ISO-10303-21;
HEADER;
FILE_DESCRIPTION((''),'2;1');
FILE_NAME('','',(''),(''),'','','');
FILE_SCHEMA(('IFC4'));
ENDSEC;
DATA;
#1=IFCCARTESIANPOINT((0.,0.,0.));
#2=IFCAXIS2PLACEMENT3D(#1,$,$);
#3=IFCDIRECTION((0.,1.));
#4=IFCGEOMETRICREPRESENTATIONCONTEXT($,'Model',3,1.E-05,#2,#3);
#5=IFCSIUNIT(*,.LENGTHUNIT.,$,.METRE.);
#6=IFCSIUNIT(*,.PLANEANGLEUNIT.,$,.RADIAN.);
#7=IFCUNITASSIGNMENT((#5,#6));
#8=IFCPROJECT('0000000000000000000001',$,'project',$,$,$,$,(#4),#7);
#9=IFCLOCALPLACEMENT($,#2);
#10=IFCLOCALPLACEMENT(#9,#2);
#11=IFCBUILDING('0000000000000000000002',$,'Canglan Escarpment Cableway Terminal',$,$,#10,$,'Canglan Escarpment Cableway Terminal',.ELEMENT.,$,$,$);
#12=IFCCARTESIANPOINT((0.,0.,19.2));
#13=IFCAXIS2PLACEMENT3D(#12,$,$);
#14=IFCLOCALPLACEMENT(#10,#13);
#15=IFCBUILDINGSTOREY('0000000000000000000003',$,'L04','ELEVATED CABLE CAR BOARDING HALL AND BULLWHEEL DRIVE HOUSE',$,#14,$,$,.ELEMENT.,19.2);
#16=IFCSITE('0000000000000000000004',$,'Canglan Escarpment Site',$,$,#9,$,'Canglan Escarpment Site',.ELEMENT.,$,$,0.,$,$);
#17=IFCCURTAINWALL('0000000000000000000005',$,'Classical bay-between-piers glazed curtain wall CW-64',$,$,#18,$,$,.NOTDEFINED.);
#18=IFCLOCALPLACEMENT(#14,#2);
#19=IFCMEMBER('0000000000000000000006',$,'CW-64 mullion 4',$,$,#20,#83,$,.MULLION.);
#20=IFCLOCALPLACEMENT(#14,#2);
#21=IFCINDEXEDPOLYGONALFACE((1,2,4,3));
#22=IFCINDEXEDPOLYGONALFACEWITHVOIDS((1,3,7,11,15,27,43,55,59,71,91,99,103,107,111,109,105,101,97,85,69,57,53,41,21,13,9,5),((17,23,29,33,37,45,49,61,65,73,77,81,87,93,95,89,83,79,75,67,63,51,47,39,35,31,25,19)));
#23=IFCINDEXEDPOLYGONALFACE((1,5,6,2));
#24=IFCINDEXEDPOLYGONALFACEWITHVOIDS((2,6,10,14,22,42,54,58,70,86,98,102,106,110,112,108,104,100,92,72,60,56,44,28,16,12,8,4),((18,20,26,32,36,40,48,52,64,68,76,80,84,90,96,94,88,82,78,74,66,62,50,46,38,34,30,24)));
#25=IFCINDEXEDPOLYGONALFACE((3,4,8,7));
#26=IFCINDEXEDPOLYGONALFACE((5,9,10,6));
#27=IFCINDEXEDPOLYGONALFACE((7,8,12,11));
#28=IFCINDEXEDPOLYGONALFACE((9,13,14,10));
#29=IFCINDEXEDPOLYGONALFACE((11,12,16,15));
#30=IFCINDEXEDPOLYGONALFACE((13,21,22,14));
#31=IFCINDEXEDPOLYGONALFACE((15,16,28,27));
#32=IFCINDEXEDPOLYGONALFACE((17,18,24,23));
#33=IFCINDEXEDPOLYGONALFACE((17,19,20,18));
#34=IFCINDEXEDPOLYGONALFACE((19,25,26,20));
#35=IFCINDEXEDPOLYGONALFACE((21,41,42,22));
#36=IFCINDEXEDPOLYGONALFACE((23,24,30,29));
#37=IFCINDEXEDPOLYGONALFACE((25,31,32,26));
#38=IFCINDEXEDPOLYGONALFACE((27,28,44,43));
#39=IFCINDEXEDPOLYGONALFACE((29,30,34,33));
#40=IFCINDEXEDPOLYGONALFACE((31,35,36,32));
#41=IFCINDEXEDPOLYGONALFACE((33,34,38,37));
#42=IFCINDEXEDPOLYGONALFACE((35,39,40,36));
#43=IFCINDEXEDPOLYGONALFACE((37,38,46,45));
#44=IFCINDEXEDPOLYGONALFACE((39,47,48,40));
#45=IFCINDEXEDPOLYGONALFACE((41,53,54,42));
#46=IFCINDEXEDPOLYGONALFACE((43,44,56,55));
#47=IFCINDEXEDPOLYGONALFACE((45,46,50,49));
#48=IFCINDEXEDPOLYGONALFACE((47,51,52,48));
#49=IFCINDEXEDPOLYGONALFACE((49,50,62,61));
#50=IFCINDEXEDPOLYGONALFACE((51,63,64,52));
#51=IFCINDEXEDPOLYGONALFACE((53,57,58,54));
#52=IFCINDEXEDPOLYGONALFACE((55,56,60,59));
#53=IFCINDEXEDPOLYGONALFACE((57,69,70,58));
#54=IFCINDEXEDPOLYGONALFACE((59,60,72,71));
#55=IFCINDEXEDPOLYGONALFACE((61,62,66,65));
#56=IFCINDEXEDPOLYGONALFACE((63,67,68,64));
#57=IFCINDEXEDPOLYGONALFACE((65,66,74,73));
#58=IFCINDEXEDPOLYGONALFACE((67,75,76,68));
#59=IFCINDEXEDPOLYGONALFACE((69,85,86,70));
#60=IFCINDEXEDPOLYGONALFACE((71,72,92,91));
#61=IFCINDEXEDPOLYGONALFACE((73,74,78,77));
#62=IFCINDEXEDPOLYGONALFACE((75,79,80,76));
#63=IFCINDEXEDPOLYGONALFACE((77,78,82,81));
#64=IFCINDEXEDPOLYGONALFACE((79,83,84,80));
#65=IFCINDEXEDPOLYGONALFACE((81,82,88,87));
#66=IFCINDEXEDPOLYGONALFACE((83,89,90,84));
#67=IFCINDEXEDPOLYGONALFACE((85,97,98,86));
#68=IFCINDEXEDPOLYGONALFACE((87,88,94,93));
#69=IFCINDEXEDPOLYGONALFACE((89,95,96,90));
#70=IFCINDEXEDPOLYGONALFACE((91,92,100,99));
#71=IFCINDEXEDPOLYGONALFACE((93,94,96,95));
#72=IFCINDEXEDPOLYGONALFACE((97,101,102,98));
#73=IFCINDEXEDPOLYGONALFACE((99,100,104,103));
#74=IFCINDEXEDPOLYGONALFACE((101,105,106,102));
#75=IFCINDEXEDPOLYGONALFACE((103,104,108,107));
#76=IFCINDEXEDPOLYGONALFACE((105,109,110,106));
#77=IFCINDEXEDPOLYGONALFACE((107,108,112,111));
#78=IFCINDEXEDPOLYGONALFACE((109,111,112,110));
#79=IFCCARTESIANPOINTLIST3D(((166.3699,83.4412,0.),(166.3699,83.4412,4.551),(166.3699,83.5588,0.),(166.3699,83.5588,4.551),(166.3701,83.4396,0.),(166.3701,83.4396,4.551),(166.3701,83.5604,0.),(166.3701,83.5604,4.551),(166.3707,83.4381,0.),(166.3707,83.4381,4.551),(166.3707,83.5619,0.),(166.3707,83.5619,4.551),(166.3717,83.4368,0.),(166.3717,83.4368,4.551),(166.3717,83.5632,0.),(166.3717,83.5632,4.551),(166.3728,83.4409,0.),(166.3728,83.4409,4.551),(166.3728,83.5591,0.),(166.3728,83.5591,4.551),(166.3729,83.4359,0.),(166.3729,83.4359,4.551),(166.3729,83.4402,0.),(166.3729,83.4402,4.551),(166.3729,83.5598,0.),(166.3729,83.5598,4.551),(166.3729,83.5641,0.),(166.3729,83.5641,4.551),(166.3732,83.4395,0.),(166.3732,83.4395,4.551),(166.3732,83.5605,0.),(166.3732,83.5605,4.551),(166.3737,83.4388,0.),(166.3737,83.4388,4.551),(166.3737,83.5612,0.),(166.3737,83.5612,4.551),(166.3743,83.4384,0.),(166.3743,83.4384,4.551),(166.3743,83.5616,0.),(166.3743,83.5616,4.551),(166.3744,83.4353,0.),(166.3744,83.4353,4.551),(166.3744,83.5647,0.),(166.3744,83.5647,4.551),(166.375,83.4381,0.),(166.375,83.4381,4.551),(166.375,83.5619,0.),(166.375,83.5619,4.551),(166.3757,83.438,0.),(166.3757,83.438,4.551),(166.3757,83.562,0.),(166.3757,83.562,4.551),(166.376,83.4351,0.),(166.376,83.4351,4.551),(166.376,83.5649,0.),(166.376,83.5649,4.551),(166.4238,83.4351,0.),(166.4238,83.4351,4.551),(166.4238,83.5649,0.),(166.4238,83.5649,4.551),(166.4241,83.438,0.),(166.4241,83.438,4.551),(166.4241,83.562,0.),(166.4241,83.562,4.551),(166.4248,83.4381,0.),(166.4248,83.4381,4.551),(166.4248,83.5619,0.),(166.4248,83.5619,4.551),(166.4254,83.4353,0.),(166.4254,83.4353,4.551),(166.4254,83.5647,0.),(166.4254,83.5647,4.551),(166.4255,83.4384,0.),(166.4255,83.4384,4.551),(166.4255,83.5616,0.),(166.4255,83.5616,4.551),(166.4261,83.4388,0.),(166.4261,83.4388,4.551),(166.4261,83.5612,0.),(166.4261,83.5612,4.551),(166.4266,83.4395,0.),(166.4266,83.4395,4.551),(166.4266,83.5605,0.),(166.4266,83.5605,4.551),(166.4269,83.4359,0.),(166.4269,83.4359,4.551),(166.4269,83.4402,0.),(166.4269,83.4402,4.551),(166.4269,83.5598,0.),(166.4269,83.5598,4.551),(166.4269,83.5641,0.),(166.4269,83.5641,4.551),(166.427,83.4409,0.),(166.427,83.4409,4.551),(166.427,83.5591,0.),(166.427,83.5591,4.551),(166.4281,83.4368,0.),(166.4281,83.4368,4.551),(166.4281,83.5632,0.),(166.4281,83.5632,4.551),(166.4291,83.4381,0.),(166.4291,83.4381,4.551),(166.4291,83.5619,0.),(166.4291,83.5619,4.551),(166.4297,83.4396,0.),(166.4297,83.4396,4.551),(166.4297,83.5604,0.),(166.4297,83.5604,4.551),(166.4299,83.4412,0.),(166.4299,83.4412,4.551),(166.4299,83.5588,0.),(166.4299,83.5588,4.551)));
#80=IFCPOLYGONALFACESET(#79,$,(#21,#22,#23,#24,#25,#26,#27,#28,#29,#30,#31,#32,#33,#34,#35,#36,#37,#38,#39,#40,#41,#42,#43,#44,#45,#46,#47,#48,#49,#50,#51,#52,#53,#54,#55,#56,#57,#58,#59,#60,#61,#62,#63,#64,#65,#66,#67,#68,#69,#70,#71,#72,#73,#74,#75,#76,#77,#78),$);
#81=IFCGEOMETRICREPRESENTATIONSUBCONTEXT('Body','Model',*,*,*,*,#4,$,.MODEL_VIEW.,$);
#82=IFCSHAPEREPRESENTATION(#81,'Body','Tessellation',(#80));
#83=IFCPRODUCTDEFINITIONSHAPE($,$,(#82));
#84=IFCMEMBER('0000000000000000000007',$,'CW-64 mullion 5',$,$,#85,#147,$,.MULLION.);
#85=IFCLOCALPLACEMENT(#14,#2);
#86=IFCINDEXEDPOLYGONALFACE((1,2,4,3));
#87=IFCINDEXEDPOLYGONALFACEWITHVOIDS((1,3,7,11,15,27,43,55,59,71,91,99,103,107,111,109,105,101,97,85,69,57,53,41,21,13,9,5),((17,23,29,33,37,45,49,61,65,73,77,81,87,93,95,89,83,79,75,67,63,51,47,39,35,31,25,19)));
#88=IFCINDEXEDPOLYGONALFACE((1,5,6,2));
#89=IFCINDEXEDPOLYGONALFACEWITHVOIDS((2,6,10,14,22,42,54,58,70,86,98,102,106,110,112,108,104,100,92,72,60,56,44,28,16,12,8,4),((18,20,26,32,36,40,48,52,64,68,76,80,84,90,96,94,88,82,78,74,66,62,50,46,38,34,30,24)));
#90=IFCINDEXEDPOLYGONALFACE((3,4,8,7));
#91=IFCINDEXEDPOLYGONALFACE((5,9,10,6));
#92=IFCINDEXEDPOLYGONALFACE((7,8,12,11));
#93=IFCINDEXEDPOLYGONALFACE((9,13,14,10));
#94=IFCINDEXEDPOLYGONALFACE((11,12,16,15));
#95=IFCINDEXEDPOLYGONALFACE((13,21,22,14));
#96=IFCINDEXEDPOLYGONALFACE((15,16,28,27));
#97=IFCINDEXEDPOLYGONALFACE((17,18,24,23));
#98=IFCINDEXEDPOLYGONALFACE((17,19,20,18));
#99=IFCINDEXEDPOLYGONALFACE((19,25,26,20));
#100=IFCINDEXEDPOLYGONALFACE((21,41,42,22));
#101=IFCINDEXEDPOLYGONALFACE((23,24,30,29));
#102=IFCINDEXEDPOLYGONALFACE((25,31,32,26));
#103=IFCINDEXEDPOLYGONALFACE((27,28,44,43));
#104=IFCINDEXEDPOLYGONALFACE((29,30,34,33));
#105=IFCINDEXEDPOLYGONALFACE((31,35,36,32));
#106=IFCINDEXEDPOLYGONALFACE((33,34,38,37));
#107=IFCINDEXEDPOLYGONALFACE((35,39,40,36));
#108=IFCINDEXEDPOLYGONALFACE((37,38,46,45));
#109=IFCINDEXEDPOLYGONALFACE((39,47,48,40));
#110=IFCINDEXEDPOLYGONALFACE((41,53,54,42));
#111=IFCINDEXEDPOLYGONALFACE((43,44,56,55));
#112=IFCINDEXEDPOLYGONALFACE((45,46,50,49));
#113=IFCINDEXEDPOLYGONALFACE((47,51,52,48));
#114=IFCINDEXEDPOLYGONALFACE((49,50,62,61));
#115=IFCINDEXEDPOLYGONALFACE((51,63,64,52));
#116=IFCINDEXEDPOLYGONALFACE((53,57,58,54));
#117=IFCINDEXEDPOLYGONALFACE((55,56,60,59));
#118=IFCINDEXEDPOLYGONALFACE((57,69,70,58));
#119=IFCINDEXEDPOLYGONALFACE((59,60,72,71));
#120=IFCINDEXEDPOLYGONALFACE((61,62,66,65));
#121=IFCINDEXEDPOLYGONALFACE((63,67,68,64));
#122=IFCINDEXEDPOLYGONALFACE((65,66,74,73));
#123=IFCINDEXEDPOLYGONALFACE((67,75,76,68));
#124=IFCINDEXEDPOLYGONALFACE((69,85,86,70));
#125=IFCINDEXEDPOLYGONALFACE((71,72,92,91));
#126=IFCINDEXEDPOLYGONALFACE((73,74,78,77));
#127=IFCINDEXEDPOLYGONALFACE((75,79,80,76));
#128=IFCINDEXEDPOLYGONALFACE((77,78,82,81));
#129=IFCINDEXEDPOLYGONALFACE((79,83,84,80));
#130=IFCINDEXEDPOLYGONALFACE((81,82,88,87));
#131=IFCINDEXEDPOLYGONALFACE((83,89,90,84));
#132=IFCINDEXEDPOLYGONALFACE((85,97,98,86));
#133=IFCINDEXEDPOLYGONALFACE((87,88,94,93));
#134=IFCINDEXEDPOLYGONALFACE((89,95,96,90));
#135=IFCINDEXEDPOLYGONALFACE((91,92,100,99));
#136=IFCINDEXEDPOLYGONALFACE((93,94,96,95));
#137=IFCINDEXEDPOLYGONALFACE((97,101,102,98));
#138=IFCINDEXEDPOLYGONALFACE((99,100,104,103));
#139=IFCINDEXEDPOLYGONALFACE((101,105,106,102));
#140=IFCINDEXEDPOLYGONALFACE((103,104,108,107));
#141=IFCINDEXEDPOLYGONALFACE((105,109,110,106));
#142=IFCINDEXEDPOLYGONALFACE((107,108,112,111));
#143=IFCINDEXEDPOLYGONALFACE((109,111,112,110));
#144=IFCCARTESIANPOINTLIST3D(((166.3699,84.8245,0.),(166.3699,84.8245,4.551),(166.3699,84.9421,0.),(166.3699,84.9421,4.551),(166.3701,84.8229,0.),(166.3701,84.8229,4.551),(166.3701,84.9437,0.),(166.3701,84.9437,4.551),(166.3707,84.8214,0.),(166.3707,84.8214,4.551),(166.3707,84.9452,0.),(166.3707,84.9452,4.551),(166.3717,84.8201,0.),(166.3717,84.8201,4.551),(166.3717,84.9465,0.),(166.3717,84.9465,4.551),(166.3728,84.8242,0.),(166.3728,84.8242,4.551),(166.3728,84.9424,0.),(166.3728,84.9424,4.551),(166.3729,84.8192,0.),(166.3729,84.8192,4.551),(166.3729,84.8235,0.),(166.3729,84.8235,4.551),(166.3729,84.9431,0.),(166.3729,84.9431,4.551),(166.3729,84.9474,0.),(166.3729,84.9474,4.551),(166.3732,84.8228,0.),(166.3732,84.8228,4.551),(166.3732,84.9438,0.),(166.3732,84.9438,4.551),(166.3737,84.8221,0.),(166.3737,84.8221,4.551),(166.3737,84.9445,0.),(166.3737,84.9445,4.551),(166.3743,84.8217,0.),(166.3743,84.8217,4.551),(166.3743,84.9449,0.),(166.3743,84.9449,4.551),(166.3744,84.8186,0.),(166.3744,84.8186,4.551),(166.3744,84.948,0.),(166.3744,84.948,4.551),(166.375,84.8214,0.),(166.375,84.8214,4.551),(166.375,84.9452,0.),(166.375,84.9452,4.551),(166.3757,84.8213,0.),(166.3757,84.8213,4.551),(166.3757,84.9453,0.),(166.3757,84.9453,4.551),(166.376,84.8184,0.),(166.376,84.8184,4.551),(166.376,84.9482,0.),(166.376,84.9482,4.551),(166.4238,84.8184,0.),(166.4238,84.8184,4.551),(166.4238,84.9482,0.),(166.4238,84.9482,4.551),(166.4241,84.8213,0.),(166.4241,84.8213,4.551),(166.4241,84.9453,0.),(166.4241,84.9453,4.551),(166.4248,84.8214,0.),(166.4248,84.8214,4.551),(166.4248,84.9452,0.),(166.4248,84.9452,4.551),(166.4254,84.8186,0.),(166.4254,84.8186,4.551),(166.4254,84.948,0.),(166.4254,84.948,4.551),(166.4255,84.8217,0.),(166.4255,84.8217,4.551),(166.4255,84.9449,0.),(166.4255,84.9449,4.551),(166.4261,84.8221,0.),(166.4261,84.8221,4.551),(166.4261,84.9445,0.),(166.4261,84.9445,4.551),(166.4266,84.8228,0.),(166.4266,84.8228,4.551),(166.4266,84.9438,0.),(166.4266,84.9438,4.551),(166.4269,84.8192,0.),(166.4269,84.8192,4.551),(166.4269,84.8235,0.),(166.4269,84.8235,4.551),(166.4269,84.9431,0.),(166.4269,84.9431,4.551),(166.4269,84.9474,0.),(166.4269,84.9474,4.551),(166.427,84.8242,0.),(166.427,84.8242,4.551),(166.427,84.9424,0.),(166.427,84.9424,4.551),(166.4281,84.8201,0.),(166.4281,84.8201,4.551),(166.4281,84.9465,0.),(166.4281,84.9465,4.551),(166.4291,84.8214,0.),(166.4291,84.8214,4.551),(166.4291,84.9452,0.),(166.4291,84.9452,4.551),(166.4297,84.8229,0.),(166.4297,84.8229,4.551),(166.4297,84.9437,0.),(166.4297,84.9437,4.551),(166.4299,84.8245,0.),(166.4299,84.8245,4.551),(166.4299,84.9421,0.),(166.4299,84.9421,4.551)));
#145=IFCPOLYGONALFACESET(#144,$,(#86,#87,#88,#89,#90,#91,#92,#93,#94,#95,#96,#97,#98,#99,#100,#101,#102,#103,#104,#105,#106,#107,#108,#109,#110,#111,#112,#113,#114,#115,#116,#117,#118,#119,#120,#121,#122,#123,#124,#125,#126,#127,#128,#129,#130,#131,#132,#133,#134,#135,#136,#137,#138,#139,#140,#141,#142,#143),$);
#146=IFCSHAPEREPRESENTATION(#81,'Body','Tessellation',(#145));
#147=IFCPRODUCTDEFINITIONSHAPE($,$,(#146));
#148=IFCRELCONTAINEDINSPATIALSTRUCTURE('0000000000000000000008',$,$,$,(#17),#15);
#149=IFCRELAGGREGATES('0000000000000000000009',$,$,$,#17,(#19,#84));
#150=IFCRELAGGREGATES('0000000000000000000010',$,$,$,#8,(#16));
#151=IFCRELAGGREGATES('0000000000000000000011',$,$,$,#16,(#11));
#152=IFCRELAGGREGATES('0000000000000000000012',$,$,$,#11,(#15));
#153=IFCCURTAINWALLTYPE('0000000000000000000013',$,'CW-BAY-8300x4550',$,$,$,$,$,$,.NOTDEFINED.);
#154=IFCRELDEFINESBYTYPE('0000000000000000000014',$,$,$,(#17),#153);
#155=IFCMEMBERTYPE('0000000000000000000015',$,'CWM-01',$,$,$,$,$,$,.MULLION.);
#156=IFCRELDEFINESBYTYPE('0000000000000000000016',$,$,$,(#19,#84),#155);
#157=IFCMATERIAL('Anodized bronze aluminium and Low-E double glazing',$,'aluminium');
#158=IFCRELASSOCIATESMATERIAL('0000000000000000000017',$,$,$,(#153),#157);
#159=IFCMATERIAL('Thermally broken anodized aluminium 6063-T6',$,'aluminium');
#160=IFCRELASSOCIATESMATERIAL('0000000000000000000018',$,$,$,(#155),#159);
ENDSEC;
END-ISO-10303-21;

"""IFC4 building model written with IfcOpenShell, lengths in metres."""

from ifc_helpers import new_model, si_unit, direction, frame, origin, origin_2d, place, context, subcontext, project, spatial, hollow_rectangle, extrude, material, material_profile, profile_set, type_object, element, aggregate, save


model = new_model("IFC4")

# Units and contexts
model_context = context("Model", 3, precision=1e-05, world=origin(), true_north=direction((0.0, 1.0)))
body_context = subcontext(model_context, "Body", "Model", "MODEL_VIEW")
ifc_project = project(units=[si_unit("LENGTHUNIT", "METRE"), si_unit("PLANEANGLEUNIT", "RADIAN")], contexts=[model_context])

# Site, building, storey
site_placement = place(None, origin())
site = spatial("IfcSite", under=ifc_project, at=site_placement, Name="Canglan Escarpment Site", LongName="Canglan Escarpment Site", CompositionType="ELEMENT", RefElevation=0.0)
building_placement = place(site_placement, origin())
building = spatial("IfcBuilding", under=site, at=building_placement, Name="Canglan Escarpment Cableway Terminal", LongName="Canglan Escarpment Cableway Terminal", CompositionType="ELEMENT")
storey_placement = place(building_placement, frame((0.0, 0.0, 19.2)))
storey = spatial("IfcBuildingStorey", under=building, at=storey_placement, Name="L04", Description="ELEVATED CABLE CAR BOARDING HALL AND BULLWHEEL DRIVE HOUSE", CompositionType="ELEMENT", Elevation=19.2)

# Curtain wall, members
ifc_material_1 = material(Name="Anodized bronze aluminium and Low-E double glazing", Category="aluminium")
curtain_wall_type = type_object("IfcCurtainWallType", Name="CW-BAY-8300x4550", PredefinedType="NOTDEFINED", material=ifc_material_1)
curtain_wall_placement = place(storey_placement, origin())
curtain_wall = element("IfcCurtainWall", 1, at=curtain_wall_placement, inside=storey, type_object=curtain_wall_type, Name="Classical bay-between-piers glazed curtain wall CW-64", PredefinedType="NOTDEFINED")
ifc_material_2 = material(Name="Thermally broken anodized aluminium 6063-T6", Category="aluminium")
ifc_material_profile_1 = material_profile(ifc_material_2, hollow_rectangle(XDim=0.0601, YDim=0.1299, WallThickness=0.0029, InnerFilletRadius=0.0029, OuterFilletRadius=0.0061, at=origin_2d()), Name="ALU-MULL 60x130x3")
ifc_profile_set_1 = profile_set([ifc_material_profile_1], Name="Thermally broken anodized aluminium 6063-T6")
member_type_1 = type_object("IfcMemberType", Name="CWM-01", PredefinedType="MULLION", material=ifc_profile_set_1)
member_1_placement = place(storey_placement, frame((166.3999, 83.5, 0.0), z_axis=(0.0, 0.0, 1.0), x_axis=(-1.0, 0.0, 0.0)))
member_1 = element("IfcMember", 2, at=member_1_placement, type_object=member_type_1, Name="CW-64 mullion 4", PredefinedType="MULLION", context=body_context, shape_type="SweptSolid", body=[
    extrude(hollow_rectangle(XDim=0.0601, YDim=0.1299, WallThickness=0.0029, InnerFilletRadius=0.0029, OuterFilletRadius=0.0061, at=origin_2d()), origin(), (0.0, 0.0, 1.0), 4.551),
])
member_2_placement = place(storey_placement, frame((166.3999, 84.8833, 0.0), z_axis=(0.0, 0.0, 1.0), x_axis=(-1.0, 0.0, 0.0)))
member_2 = element("IfcMember", 3, at=member_2_placement, type_object=member_type_1, Name="CW-64 mullion 5", PredefinedType="MULLION", context=body_context, shape_type="SweptSolid", body=[
    extrude(hollow_rectangle(XDim=0.0601, YDim=0.1299, WallThickness=0.0029, InnerFilletRadius=0.0029, OuterFilletRadius=0.0061, at=origin_2d()), origin(), (0.0, 0.0, 1.0), 4.551),
])
aggregate(curtain_wall, [member_1, member_2])

save(model, "model.ifc")
